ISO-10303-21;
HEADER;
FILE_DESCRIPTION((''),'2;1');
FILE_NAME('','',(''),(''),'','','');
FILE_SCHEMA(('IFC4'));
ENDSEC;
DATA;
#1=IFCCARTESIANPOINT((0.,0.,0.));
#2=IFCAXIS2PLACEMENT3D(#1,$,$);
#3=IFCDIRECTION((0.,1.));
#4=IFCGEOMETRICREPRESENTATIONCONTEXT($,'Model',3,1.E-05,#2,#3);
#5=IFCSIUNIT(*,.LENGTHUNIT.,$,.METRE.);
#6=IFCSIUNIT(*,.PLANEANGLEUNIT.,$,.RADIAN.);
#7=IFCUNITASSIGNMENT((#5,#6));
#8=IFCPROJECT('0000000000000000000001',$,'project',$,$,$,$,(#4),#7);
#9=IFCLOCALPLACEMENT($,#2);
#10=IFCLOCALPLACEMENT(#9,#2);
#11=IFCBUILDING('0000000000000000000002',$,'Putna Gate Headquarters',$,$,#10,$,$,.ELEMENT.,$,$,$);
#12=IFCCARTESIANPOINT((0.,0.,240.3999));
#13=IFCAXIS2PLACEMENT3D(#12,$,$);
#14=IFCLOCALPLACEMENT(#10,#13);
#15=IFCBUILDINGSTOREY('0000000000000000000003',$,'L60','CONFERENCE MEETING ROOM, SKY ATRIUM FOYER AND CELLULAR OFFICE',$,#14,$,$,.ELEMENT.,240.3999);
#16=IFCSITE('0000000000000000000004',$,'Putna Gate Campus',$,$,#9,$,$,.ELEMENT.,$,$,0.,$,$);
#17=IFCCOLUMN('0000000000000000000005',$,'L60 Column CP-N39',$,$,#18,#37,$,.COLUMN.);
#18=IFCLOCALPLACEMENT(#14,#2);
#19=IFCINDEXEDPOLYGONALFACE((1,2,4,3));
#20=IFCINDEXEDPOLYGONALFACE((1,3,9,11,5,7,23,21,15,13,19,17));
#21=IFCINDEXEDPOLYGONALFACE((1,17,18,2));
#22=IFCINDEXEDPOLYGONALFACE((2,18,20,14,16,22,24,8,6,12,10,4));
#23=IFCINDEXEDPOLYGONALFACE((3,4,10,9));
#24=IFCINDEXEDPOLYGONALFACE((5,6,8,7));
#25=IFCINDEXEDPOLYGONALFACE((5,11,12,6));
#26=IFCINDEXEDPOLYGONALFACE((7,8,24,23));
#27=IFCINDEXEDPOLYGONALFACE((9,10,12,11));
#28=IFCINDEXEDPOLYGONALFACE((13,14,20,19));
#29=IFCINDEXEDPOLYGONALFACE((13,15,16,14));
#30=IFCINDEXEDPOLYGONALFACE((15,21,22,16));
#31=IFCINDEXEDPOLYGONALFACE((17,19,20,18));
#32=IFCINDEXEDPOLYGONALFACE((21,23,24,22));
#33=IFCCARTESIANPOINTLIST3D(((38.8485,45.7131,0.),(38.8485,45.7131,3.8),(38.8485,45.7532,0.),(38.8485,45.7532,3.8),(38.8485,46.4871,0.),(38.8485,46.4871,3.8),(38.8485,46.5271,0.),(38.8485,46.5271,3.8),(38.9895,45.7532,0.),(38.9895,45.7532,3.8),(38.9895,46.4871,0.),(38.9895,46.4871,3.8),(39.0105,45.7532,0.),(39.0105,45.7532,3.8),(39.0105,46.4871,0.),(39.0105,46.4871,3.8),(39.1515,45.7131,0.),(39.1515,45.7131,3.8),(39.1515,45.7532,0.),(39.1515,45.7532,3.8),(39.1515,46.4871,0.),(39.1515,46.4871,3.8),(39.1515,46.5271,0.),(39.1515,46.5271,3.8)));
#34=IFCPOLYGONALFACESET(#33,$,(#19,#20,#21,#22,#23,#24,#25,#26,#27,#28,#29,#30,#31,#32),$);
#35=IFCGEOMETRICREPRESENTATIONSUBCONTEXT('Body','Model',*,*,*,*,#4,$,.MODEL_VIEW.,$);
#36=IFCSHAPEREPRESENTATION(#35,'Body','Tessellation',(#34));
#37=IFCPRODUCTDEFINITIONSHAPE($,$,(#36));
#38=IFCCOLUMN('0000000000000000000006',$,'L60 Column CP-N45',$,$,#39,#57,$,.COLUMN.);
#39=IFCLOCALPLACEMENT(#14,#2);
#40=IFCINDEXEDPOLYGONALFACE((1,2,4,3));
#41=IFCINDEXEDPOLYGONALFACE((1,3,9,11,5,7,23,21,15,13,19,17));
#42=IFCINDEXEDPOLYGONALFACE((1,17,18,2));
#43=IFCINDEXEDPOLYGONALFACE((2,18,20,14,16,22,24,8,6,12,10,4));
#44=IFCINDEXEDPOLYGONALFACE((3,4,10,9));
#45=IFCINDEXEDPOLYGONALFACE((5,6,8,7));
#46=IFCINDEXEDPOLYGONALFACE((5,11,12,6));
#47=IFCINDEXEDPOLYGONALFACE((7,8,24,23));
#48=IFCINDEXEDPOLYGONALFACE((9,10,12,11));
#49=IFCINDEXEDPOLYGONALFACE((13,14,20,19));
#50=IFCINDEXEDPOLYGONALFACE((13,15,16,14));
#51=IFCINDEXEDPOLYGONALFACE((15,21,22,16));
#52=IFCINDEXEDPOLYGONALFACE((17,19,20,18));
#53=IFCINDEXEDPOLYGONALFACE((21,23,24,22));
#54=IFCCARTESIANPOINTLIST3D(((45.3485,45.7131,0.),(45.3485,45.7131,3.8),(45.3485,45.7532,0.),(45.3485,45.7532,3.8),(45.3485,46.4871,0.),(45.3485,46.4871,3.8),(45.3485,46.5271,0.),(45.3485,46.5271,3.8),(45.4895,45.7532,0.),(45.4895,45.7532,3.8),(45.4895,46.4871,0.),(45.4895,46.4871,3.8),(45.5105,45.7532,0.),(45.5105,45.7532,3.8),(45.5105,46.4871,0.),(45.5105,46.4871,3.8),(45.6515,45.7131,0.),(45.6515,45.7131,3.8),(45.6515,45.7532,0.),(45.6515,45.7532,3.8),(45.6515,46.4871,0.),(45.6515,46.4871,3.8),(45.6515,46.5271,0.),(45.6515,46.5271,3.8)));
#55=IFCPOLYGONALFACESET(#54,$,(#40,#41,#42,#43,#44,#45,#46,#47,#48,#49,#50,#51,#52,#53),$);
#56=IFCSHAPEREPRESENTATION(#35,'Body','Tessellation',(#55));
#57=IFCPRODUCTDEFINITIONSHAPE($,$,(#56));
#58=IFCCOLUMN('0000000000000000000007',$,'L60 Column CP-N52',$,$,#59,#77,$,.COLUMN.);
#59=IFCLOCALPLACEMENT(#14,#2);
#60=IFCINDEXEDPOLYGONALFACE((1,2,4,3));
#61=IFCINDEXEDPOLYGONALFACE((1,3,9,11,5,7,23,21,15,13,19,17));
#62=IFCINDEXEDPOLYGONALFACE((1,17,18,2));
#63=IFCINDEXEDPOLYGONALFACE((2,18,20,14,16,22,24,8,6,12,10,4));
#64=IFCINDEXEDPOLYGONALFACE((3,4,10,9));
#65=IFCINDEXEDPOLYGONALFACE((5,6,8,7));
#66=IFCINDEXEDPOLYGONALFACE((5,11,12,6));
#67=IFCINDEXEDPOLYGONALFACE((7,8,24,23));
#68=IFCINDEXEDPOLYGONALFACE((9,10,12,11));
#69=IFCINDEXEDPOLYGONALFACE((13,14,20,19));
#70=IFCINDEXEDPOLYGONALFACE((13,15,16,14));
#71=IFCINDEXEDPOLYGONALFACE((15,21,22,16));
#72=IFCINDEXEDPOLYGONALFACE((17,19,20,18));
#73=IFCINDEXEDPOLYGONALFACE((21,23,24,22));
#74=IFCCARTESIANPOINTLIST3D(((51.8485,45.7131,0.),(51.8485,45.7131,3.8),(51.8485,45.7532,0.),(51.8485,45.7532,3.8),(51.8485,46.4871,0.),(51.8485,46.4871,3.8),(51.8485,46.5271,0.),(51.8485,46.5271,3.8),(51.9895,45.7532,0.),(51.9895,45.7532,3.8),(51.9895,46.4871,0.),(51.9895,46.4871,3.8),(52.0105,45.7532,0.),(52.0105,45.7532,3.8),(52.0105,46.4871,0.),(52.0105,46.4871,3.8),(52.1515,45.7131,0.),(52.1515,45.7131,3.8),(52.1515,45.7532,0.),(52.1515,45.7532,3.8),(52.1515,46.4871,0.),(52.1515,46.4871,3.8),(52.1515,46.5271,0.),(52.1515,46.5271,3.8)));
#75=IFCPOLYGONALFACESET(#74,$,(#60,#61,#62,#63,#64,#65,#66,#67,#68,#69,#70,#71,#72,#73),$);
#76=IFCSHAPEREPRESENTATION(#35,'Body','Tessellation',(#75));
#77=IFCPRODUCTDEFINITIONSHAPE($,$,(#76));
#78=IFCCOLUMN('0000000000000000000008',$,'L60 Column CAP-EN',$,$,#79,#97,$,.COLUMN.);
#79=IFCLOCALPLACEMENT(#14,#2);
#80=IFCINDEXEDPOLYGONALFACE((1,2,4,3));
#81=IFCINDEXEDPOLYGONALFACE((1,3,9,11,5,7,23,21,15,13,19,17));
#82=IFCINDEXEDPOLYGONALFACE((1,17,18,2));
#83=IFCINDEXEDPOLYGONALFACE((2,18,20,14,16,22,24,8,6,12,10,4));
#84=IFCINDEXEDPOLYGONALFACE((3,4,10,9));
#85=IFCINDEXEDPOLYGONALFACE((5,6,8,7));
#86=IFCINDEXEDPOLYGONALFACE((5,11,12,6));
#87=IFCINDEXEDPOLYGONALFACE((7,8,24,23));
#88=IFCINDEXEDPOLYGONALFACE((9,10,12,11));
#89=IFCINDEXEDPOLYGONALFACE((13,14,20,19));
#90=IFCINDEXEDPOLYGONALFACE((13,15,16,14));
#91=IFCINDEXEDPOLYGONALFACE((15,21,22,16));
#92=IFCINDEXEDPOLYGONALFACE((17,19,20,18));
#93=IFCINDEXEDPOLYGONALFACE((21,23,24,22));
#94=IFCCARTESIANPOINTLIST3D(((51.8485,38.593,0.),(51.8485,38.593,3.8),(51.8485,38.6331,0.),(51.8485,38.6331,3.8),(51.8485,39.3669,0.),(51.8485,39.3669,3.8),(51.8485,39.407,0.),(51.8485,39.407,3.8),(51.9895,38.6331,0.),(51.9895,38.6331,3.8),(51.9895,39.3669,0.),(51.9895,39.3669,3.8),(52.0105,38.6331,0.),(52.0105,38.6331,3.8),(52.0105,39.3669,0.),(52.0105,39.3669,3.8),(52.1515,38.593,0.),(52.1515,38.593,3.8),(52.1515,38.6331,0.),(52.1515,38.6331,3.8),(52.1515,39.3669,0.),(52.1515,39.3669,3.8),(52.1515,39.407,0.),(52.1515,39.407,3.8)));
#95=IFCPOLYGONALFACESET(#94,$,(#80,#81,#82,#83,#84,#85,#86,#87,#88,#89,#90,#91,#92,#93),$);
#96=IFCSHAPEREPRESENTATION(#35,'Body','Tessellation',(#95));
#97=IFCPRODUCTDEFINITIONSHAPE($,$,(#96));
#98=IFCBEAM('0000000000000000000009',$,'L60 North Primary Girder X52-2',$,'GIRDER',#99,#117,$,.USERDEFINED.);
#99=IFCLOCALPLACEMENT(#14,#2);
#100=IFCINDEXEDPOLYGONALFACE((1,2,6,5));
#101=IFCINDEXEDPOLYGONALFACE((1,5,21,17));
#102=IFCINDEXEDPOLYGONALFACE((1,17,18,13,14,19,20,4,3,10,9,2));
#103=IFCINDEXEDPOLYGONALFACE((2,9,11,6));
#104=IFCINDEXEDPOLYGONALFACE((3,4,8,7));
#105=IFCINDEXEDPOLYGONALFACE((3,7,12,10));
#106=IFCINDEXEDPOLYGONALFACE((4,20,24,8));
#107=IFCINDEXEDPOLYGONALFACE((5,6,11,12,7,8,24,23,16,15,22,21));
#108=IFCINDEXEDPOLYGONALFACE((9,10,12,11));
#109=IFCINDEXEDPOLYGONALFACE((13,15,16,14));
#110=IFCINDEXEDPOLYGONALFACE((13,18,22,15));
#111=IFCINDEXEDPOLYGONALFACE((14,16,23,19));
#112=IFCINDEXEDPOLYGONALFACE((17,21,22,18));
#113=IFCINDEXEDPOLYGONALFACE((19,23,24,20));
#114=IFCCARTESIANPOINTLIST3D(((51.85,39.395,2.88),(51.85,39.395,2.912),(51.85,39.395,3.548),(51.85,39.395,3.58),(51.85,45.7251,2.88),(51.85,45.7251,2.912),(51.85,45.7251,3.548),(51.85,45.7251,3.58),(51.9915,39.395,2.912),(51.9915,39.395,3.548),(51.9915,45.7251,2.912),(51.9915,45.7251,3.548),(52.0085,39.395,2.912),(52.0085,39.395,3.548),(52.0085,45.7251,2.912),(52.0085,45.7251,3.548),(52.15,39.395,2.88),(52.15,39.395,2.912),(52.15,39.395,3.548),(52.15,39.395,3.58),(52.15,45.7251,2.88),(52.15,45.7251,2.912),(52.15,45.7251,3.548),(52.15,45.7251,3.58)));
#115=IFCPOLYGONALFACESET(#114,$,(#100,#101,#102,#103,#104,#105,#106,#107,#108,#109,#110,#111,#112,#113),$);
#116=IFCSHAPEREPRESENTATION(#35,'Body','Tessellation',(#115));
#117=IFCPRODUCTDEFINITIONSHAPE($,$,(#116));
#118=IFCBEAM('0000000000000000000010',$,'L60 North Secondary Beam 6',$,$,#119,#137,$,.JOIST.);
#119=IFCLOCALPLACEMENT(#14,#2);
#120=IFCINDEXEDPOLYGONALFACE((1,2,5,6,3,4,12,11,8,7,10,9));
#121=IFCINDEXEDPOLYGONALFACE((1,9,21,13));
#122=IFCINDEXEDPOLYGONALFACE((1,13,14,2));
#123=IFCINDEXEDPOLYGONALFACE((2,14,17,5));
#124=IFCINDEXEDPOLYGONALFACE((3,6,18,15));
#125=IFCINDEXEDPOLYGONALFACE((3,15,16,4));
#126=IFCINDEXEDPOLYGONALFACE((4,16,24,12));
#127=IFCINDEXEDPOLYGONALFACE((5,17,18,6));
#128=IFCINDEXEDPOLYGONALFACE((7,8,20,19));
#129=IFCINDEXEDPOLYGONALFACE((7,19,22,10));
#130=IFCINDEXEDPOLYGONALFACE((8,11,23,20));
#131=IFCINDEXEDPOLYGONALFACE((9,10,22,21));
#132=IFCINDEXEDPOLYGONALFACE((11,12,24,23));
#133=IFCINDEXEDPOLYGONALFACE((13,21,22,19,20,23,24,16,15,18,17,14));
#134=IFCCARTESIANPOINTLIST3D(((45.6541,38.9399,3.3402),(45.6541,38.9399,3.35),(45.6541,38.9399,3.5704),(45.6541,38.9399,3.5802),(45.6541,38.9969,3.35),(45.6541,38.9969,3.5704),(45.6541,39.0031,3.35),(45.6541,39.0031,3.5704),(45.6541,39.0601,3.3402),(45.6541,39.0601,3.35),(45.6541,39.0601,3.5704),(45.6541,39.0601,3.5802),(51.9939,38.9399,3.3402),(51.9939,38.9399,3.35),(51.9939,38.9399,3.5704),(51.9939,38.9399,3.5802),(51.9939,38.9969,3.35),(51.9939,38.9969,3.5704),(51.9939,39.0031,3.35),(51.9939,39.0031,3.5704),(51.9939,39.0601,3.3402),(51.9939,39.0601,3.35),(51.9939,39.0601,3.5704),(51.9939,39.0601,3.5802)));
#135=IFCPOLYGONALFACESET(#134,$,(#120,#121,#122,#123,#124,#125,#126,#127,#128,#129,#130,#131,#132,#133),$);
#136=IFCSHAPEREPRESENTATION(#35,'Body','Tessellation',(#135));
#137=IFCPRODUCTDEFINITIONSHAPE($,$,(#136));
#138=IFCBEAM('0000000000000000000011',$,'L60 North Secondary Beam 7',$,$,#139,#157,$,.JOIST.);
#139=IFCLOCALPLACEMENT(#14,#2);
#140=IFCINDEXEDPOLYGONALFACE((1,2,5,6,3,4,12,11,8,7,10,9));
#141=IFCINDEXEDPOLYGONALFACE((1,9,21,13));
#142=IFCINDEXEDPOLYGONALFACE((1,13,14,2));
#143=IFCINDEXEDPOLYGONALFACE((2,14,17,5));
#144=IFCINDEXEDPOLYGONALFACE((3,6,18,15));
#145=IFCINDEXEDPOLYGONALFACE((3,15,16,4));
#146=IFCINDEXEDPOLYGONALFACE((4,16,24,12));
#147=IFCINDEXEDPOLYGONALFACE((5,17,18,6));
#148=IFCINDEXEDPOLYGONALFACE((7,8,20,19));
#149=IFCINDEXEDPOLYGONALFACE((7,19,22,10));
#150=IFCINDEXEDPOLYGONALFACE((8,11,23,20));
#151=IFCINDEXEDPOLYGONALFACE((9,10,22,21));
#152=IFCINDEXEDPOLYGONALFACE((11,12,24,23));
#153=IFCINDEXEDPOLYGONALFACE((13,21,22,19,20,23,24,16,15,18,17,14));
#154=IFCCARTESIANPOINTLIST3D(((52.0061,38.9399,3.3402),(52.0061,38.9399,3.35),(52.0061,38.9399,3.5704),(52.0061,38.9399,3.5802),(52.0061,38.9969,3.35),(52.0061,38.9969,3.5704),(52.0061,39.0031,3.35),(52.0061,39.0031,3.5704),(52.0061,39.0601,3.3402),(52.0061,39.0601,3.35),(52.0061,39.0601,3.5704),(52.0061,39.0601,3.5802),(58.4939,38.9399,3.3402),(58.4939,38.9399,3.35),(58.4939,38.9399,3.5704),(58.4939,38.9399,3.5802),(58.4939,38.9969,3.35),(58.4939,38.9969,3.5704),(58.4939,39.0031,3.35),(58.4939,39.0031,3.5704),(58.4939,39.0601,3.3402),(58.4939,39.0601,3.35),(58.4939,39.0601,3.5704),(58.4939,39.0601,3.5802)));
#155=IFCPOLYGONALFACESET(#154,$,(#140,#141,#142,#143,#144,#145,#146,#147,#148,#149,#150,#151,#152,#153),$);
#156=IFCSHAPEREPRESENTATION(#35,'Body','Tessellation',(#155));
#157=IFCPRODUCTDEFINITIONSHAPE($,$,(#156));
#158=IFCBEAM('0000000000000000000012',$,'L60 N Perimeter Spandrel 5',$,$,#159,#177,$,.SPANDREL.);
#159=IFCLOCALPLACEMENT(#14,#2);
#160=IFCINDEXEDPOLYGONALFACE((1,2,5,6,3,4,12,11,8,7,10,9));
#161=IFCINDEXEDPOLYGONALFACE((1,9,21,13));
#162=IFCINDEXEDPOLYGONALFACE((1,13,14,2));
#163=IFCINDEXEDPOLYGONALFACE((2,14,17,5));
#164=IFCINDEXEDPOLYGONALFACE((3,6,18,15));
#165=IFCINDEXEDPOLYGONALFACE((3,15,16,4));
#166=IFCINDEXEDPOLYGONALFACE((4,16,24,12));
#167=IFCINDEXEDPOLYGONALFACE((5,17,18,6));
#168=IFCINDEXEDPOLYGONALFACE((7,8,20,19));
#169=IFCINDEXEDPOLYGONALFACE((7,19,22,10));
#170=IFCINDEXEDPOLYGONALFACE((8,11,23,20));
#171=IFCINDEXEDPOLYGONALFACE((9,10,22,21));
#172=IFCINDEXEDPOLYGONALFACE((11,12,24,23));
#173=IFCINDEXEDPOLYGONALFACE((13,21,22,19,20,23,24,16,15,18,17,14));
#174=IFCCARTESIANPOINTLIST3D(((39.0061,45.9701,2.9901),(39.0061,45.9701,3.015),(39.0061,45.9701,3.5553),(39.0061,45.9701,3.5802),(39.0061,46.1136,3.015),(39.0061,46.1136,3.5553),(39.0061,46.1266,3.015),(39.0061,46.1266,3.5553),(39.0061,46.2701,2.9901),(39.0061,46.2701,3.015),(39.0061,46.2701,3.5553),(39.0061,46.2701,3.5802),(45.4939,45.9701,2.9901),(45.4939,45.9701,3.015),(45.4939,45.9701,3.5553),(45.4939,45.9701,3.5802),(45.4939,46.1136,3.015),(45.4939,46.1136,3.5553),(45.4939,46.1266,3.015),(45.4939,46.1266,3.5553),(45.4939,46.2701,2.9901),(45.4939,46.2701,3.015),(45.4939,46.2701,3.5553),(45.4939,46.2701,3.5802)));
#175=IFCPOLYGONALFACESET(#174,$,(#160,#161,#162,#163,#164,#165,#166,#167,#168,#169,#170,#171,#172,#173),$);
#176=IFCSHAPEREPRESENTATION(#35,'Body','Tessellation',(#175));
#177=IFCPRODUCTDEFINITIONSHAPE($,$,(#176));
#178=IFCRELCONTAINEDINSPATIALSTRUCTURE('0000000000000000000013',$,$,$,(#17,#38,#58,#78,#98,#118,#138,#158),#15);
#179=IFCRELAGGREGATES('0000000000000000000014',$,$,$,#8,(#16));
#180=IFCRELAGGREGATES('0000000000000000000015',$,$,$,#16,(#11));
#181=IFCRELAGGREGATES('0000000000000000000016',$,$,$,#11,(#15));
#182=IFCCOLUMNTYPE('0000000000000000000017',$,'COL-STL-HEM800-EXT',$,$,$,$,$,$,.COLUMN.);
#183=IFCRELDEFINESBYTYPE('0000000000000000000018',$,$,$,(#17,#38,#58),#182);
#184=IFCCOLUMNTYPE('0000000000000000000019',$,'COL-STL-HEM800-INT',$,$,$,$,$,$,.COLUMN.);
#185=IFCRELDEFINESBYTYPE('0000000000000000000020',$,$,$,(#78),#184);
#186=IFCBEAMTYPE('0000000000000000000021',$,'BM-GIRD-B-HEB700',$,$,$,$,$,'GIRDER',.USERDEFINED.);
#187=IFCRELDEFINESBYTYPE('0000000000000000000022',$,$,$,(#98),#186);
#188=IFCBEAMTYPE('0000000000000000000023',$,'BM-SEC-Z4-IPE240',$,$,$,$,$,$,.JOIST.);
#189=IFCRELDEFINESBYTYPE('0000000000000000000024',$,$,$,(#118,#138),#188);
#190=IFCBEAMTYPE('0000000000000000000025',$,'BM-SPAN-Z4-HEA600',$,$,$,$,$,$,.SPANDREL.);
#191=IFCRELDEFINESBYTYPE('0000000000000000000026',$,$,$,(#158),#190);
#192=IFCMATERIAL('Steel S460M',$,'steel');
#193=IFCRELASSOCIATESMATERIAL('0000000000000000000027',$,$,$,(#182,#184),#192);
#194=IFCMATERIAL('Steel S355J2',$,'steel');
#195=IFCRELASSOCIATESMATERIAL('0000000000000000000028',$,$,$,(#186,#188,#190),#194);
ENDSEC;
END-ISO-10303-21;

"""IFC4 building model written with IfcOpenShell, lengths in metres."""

from ifc_helpers import new_model, si_unit, direction, frame, origin, origin_2d, place, context, subcontext, project, spatial, i_section, extrude, material, material_profile, profile_set, type_object, element, save


model = new_model("IFC4")

# Units and contexts
model_context = context("Model", 3, precision=1e-05, world=origin(), true_north=direction((0.0, 1.0)))
body_context = subcontext(model_context, "Body", "Model", "MODEL_VIEW")
ifc_project = project(units=[si_unit("LENGTHUNIT", "METRE"), si_unit("PLANEANGLEUNIT", "RADIAN")], contexts=[model_context])

# Site, building, storey
site_placement = place(None, origin())
site = spatial("IfcSite", under=ifc_project, at=site_placement, Name="Putna Gate Campus", CompositionType="ELEMENT", RefElevation=0.0)
building_placement = place(site_placement, origin())
building = spatial("IfcBuilding", under=site, at=building_placement, Name="Putna Gate Headquarters", CompositionType="ELEMENT")
storey_placement = place(building_placement, frame((0.0, 0.0, 240.3999)))
storey = spatial("IfcBuildingStorey", under=building, at=storey_placement, Name="L60", Description="CONFERENCE MEETING ROOM, SKY ATRIUM FOYER AND CELLULAR OFFICE", CompositionType="ELEMENT", Elevation=240.3999)

# Columns
ifc_material_1 = material(Name="Steel S460M", Category="steel")
ifc_material_profile_1 = material_profile(ifc_material_1, i_section(OverallWidth=0.303, OverallDepth=0.814, WebThickness=0.021, FlangeThickness=0.04, at=origin_2d()), Name="Steel S460M")
ifc_profile_set_1 = profile_set([ifc_material_profile_1], Name="Steel S460M")
column_type_1 = type_object("IfcColumnType", Name="COL-STL-HEM800-EXT", PredefinedType="COLUMN", material=ifc_profile_set_1)
for number, where, z_axis, x_axis, name in (
    (1, (39.0, 46.1201, 0.0), (0.0, 0.0, 1.0), (1.0, 0.0, 0.0), "L60 Column CP-N39"),
    (2, (45.5, 46.1201, 0.0), (0.0, 0.0, 1.0), (1.0, 0.0, 0.0), "L60 Column CP-N45"),
    (3, (52.0, 46.1201, 0.0), (0.0, 0.0, 1.0), (1.0, 0.0, 0.0), "L60 Column CP-N52"),
):
    element("IfcColumn", number, at=place(storey_placement, frame(where, z_axis=z_axis, x_axis=x_axis)), inside=storey, type_object=column_type_1, Name=name, PredefinedType="COLUMN", context=body_context, shape_type="SweptSolid", body=[
        extrude(i_section(OverallWidth=0.303, OverallDepth=0.814, WebThickness=0.021, FlangeThickness=0.04, at=origin_2d()), origin(), (0.0, 0.0, 1.0), 3.8),
    ])
ifc_material_profile_2 = material_profile(ifc_material_1, i_section(OverallWidth=0.303, OverallDepth=0.814, WebThickness=0.021, FlangeThickness=0.04, at=origin_2d()), Name="Steel S460M")
ifc_profile_set_2 = profile_set([ifc_material_profile_2], Name="Steel S460M")
column_type_2 = type_object("IfcColumnType", Name="COL-STL-HEM800-INT", PredefinedType="COLUMN", material=ifc_profile_set_2)
column_placement = place(storey_placement, frame((52.0, 39.0, 0.0), z_axis=(0.0, 0.0, 1.0), x_axis=(1.0, 0.0, 0.0)))
element("IfcColumn", 4, at=column_placement, inside=storey, type_object=column_type_2, Name="L60 Column CAP-EN", PredefinedType="COLUMN", context=body_context, shape_type="SweptSolid", body=[
    extrude(i_section(OverallWidth=0.303, OverallDepth=0.814, WebThickness=0.021, FlangeThickness=0.04, at=origin_2d()), origin(), (0.0, 0.0, 1.0), 3.8),
])

# Beams
ifc_material_2 = material(Name="Steel S355J2", Category="steel")
ifc_material_profile_3 = material_profile(ifc_material_2, i_section(OverallWidth=0.3, OverallDepth=0.7, WebThickness=0.0171, FlangeThickness=0.032, at=origin_2d()), Name="Steel S355J2")
ifc_profile_set_3 = profile_set([ifc_material_profile_3], Name="Steel S355J2")
beam_type_1 = type_object("IfcBeamType", Name="BM-GIRD-B-HEB700", ElementType="GIRDER", PredefinedType="USERDEFINED", material=ifc_profile_set_3)
beam_1_placement = place(storey_placement, frame((52.0, 39.395, 3.23), z_axis=(0.0, 1.0, 0.0), x_axis=(-1.0, 0.0, 0.0)))
element("IfcBeam", 5, at=beam_1_placement, inside=storey, type_object=beam_type_1, Name="L60 North Primary Girder X52-2", ObjectType="GIRDER", PredefinedType="USERDEFINED", context=body_context, shape_type="SweptSolid", body=[
    extrude(i_section(OverallWidth=0.3, OverallDepth=0.7, WebThickness=0.0171, FlangeThickness=0.032, at=origin_2d()), origin(), (0.0, 0.0, 1.0), 6.3301),
])
ifc_material_profile_4 = material_profile(ifc_material_2, i_section(OverallWidth=0.1201, OverallDepth=0.24, WebThickness=0.0061, FlangeThickness=0.0098, at=origin_2d()), Name="Steel S355J2")
ifc_profile_set_4 = profile_set([ifc_material_profile_4], Name="Steel S355J2")
beam_type_2 = type_object("IfcBeamType", Name="BM-SEC-Z4-IPE240", PredefinedType="JOIST", material=ifc_profile_set_4)
beam_2_placement = place(storey_placement, frame((45.6541, 39.0, 3.4602), z_axis=(1.0, 0.0, 0.0), x_axis=(0.0, 1.0, 0.0)))
element("IfcBeam", 6, at=beam_2_placement, inside=storey, type_object=beam_type_2, Name="L60 North Secondary Beam 6", PredefinedType="JOIST", context=body_context, shape_type="SweptSolid", body=[
    extrude(i_section(OverallWidth=0.1201, OverallDepth=0.24, WebThickness=0.0061, FlangeThickness=0.0098, at=origin_2d()), origin(), (0.0, 0.0, 1.0), 6.3398),
])
beam_3_placement = place(storey_placement, frame((52.0061, 39.0, 3.4602), z_axis=(1.0, 0.0, 0.0), x_axis=(0.0, 1.0, 0.0)))
element("IfcBeam", 7, at=beam_3_placement, inside=storey, type_object=beam_type_2, Name="L60 North Secondary Beam 7", PredefinedType="JOIST", context=body_context, shape_type="SweptSolid", body=[
    extrude(i_section(OverallWidth=0.1201, OverallDepth=0.24, WebThickness=0.0061, FlangeThickness=0.0098, at=origin_2d()), origin(), (0.0, 0.0, 1.0), 6.4878),
])
ifc_material_profile_5 = material_profile(ifc_material_2, i_section(OverallWidth=0.3, OverallDepth=0.5901, WebThickness=0.0129, FlangeThickness=0.0249, at=origin_2d()), Name="Steel S355J2")
ifc_profile_set_5 = profile_set([ifc_material_profile_5], Name="Steel S355J2")
beam_type_3 = type_object("IfcBeamType", Name="BM-SPAN-Z4-HEA600", PredefinedType="SPANDREL", material=ifc_profile_set_5)
for number, where, z_axis, x_axis, name in (
    (8, (39.0061, 46.1201, 3.2852), (1.0, 0.0, 0.0), (0.0, 1.0, 0.0), "L60 N Perimeter Spandrel 5"),
):
    element("IfcBeam", number, at=place(storey_placement, frame(where, z_axis=z_axis, x_axis=x_axis)), inside=storey, type_object=beam_type_3, Name=name, PredefinedType="SPANDREL", context=body_context, shape_type="SweptSolid", body=[
        extrude(i_section(OverallWidth=0.3, OverallDepth=0.5901, WebThickness=0.0129, FlangeThickness=0.0249, at=origin_2d()), origin(), (0.0, 0.0, 1.0), 6.4878),
    ])

save(model, "model.ifc")
